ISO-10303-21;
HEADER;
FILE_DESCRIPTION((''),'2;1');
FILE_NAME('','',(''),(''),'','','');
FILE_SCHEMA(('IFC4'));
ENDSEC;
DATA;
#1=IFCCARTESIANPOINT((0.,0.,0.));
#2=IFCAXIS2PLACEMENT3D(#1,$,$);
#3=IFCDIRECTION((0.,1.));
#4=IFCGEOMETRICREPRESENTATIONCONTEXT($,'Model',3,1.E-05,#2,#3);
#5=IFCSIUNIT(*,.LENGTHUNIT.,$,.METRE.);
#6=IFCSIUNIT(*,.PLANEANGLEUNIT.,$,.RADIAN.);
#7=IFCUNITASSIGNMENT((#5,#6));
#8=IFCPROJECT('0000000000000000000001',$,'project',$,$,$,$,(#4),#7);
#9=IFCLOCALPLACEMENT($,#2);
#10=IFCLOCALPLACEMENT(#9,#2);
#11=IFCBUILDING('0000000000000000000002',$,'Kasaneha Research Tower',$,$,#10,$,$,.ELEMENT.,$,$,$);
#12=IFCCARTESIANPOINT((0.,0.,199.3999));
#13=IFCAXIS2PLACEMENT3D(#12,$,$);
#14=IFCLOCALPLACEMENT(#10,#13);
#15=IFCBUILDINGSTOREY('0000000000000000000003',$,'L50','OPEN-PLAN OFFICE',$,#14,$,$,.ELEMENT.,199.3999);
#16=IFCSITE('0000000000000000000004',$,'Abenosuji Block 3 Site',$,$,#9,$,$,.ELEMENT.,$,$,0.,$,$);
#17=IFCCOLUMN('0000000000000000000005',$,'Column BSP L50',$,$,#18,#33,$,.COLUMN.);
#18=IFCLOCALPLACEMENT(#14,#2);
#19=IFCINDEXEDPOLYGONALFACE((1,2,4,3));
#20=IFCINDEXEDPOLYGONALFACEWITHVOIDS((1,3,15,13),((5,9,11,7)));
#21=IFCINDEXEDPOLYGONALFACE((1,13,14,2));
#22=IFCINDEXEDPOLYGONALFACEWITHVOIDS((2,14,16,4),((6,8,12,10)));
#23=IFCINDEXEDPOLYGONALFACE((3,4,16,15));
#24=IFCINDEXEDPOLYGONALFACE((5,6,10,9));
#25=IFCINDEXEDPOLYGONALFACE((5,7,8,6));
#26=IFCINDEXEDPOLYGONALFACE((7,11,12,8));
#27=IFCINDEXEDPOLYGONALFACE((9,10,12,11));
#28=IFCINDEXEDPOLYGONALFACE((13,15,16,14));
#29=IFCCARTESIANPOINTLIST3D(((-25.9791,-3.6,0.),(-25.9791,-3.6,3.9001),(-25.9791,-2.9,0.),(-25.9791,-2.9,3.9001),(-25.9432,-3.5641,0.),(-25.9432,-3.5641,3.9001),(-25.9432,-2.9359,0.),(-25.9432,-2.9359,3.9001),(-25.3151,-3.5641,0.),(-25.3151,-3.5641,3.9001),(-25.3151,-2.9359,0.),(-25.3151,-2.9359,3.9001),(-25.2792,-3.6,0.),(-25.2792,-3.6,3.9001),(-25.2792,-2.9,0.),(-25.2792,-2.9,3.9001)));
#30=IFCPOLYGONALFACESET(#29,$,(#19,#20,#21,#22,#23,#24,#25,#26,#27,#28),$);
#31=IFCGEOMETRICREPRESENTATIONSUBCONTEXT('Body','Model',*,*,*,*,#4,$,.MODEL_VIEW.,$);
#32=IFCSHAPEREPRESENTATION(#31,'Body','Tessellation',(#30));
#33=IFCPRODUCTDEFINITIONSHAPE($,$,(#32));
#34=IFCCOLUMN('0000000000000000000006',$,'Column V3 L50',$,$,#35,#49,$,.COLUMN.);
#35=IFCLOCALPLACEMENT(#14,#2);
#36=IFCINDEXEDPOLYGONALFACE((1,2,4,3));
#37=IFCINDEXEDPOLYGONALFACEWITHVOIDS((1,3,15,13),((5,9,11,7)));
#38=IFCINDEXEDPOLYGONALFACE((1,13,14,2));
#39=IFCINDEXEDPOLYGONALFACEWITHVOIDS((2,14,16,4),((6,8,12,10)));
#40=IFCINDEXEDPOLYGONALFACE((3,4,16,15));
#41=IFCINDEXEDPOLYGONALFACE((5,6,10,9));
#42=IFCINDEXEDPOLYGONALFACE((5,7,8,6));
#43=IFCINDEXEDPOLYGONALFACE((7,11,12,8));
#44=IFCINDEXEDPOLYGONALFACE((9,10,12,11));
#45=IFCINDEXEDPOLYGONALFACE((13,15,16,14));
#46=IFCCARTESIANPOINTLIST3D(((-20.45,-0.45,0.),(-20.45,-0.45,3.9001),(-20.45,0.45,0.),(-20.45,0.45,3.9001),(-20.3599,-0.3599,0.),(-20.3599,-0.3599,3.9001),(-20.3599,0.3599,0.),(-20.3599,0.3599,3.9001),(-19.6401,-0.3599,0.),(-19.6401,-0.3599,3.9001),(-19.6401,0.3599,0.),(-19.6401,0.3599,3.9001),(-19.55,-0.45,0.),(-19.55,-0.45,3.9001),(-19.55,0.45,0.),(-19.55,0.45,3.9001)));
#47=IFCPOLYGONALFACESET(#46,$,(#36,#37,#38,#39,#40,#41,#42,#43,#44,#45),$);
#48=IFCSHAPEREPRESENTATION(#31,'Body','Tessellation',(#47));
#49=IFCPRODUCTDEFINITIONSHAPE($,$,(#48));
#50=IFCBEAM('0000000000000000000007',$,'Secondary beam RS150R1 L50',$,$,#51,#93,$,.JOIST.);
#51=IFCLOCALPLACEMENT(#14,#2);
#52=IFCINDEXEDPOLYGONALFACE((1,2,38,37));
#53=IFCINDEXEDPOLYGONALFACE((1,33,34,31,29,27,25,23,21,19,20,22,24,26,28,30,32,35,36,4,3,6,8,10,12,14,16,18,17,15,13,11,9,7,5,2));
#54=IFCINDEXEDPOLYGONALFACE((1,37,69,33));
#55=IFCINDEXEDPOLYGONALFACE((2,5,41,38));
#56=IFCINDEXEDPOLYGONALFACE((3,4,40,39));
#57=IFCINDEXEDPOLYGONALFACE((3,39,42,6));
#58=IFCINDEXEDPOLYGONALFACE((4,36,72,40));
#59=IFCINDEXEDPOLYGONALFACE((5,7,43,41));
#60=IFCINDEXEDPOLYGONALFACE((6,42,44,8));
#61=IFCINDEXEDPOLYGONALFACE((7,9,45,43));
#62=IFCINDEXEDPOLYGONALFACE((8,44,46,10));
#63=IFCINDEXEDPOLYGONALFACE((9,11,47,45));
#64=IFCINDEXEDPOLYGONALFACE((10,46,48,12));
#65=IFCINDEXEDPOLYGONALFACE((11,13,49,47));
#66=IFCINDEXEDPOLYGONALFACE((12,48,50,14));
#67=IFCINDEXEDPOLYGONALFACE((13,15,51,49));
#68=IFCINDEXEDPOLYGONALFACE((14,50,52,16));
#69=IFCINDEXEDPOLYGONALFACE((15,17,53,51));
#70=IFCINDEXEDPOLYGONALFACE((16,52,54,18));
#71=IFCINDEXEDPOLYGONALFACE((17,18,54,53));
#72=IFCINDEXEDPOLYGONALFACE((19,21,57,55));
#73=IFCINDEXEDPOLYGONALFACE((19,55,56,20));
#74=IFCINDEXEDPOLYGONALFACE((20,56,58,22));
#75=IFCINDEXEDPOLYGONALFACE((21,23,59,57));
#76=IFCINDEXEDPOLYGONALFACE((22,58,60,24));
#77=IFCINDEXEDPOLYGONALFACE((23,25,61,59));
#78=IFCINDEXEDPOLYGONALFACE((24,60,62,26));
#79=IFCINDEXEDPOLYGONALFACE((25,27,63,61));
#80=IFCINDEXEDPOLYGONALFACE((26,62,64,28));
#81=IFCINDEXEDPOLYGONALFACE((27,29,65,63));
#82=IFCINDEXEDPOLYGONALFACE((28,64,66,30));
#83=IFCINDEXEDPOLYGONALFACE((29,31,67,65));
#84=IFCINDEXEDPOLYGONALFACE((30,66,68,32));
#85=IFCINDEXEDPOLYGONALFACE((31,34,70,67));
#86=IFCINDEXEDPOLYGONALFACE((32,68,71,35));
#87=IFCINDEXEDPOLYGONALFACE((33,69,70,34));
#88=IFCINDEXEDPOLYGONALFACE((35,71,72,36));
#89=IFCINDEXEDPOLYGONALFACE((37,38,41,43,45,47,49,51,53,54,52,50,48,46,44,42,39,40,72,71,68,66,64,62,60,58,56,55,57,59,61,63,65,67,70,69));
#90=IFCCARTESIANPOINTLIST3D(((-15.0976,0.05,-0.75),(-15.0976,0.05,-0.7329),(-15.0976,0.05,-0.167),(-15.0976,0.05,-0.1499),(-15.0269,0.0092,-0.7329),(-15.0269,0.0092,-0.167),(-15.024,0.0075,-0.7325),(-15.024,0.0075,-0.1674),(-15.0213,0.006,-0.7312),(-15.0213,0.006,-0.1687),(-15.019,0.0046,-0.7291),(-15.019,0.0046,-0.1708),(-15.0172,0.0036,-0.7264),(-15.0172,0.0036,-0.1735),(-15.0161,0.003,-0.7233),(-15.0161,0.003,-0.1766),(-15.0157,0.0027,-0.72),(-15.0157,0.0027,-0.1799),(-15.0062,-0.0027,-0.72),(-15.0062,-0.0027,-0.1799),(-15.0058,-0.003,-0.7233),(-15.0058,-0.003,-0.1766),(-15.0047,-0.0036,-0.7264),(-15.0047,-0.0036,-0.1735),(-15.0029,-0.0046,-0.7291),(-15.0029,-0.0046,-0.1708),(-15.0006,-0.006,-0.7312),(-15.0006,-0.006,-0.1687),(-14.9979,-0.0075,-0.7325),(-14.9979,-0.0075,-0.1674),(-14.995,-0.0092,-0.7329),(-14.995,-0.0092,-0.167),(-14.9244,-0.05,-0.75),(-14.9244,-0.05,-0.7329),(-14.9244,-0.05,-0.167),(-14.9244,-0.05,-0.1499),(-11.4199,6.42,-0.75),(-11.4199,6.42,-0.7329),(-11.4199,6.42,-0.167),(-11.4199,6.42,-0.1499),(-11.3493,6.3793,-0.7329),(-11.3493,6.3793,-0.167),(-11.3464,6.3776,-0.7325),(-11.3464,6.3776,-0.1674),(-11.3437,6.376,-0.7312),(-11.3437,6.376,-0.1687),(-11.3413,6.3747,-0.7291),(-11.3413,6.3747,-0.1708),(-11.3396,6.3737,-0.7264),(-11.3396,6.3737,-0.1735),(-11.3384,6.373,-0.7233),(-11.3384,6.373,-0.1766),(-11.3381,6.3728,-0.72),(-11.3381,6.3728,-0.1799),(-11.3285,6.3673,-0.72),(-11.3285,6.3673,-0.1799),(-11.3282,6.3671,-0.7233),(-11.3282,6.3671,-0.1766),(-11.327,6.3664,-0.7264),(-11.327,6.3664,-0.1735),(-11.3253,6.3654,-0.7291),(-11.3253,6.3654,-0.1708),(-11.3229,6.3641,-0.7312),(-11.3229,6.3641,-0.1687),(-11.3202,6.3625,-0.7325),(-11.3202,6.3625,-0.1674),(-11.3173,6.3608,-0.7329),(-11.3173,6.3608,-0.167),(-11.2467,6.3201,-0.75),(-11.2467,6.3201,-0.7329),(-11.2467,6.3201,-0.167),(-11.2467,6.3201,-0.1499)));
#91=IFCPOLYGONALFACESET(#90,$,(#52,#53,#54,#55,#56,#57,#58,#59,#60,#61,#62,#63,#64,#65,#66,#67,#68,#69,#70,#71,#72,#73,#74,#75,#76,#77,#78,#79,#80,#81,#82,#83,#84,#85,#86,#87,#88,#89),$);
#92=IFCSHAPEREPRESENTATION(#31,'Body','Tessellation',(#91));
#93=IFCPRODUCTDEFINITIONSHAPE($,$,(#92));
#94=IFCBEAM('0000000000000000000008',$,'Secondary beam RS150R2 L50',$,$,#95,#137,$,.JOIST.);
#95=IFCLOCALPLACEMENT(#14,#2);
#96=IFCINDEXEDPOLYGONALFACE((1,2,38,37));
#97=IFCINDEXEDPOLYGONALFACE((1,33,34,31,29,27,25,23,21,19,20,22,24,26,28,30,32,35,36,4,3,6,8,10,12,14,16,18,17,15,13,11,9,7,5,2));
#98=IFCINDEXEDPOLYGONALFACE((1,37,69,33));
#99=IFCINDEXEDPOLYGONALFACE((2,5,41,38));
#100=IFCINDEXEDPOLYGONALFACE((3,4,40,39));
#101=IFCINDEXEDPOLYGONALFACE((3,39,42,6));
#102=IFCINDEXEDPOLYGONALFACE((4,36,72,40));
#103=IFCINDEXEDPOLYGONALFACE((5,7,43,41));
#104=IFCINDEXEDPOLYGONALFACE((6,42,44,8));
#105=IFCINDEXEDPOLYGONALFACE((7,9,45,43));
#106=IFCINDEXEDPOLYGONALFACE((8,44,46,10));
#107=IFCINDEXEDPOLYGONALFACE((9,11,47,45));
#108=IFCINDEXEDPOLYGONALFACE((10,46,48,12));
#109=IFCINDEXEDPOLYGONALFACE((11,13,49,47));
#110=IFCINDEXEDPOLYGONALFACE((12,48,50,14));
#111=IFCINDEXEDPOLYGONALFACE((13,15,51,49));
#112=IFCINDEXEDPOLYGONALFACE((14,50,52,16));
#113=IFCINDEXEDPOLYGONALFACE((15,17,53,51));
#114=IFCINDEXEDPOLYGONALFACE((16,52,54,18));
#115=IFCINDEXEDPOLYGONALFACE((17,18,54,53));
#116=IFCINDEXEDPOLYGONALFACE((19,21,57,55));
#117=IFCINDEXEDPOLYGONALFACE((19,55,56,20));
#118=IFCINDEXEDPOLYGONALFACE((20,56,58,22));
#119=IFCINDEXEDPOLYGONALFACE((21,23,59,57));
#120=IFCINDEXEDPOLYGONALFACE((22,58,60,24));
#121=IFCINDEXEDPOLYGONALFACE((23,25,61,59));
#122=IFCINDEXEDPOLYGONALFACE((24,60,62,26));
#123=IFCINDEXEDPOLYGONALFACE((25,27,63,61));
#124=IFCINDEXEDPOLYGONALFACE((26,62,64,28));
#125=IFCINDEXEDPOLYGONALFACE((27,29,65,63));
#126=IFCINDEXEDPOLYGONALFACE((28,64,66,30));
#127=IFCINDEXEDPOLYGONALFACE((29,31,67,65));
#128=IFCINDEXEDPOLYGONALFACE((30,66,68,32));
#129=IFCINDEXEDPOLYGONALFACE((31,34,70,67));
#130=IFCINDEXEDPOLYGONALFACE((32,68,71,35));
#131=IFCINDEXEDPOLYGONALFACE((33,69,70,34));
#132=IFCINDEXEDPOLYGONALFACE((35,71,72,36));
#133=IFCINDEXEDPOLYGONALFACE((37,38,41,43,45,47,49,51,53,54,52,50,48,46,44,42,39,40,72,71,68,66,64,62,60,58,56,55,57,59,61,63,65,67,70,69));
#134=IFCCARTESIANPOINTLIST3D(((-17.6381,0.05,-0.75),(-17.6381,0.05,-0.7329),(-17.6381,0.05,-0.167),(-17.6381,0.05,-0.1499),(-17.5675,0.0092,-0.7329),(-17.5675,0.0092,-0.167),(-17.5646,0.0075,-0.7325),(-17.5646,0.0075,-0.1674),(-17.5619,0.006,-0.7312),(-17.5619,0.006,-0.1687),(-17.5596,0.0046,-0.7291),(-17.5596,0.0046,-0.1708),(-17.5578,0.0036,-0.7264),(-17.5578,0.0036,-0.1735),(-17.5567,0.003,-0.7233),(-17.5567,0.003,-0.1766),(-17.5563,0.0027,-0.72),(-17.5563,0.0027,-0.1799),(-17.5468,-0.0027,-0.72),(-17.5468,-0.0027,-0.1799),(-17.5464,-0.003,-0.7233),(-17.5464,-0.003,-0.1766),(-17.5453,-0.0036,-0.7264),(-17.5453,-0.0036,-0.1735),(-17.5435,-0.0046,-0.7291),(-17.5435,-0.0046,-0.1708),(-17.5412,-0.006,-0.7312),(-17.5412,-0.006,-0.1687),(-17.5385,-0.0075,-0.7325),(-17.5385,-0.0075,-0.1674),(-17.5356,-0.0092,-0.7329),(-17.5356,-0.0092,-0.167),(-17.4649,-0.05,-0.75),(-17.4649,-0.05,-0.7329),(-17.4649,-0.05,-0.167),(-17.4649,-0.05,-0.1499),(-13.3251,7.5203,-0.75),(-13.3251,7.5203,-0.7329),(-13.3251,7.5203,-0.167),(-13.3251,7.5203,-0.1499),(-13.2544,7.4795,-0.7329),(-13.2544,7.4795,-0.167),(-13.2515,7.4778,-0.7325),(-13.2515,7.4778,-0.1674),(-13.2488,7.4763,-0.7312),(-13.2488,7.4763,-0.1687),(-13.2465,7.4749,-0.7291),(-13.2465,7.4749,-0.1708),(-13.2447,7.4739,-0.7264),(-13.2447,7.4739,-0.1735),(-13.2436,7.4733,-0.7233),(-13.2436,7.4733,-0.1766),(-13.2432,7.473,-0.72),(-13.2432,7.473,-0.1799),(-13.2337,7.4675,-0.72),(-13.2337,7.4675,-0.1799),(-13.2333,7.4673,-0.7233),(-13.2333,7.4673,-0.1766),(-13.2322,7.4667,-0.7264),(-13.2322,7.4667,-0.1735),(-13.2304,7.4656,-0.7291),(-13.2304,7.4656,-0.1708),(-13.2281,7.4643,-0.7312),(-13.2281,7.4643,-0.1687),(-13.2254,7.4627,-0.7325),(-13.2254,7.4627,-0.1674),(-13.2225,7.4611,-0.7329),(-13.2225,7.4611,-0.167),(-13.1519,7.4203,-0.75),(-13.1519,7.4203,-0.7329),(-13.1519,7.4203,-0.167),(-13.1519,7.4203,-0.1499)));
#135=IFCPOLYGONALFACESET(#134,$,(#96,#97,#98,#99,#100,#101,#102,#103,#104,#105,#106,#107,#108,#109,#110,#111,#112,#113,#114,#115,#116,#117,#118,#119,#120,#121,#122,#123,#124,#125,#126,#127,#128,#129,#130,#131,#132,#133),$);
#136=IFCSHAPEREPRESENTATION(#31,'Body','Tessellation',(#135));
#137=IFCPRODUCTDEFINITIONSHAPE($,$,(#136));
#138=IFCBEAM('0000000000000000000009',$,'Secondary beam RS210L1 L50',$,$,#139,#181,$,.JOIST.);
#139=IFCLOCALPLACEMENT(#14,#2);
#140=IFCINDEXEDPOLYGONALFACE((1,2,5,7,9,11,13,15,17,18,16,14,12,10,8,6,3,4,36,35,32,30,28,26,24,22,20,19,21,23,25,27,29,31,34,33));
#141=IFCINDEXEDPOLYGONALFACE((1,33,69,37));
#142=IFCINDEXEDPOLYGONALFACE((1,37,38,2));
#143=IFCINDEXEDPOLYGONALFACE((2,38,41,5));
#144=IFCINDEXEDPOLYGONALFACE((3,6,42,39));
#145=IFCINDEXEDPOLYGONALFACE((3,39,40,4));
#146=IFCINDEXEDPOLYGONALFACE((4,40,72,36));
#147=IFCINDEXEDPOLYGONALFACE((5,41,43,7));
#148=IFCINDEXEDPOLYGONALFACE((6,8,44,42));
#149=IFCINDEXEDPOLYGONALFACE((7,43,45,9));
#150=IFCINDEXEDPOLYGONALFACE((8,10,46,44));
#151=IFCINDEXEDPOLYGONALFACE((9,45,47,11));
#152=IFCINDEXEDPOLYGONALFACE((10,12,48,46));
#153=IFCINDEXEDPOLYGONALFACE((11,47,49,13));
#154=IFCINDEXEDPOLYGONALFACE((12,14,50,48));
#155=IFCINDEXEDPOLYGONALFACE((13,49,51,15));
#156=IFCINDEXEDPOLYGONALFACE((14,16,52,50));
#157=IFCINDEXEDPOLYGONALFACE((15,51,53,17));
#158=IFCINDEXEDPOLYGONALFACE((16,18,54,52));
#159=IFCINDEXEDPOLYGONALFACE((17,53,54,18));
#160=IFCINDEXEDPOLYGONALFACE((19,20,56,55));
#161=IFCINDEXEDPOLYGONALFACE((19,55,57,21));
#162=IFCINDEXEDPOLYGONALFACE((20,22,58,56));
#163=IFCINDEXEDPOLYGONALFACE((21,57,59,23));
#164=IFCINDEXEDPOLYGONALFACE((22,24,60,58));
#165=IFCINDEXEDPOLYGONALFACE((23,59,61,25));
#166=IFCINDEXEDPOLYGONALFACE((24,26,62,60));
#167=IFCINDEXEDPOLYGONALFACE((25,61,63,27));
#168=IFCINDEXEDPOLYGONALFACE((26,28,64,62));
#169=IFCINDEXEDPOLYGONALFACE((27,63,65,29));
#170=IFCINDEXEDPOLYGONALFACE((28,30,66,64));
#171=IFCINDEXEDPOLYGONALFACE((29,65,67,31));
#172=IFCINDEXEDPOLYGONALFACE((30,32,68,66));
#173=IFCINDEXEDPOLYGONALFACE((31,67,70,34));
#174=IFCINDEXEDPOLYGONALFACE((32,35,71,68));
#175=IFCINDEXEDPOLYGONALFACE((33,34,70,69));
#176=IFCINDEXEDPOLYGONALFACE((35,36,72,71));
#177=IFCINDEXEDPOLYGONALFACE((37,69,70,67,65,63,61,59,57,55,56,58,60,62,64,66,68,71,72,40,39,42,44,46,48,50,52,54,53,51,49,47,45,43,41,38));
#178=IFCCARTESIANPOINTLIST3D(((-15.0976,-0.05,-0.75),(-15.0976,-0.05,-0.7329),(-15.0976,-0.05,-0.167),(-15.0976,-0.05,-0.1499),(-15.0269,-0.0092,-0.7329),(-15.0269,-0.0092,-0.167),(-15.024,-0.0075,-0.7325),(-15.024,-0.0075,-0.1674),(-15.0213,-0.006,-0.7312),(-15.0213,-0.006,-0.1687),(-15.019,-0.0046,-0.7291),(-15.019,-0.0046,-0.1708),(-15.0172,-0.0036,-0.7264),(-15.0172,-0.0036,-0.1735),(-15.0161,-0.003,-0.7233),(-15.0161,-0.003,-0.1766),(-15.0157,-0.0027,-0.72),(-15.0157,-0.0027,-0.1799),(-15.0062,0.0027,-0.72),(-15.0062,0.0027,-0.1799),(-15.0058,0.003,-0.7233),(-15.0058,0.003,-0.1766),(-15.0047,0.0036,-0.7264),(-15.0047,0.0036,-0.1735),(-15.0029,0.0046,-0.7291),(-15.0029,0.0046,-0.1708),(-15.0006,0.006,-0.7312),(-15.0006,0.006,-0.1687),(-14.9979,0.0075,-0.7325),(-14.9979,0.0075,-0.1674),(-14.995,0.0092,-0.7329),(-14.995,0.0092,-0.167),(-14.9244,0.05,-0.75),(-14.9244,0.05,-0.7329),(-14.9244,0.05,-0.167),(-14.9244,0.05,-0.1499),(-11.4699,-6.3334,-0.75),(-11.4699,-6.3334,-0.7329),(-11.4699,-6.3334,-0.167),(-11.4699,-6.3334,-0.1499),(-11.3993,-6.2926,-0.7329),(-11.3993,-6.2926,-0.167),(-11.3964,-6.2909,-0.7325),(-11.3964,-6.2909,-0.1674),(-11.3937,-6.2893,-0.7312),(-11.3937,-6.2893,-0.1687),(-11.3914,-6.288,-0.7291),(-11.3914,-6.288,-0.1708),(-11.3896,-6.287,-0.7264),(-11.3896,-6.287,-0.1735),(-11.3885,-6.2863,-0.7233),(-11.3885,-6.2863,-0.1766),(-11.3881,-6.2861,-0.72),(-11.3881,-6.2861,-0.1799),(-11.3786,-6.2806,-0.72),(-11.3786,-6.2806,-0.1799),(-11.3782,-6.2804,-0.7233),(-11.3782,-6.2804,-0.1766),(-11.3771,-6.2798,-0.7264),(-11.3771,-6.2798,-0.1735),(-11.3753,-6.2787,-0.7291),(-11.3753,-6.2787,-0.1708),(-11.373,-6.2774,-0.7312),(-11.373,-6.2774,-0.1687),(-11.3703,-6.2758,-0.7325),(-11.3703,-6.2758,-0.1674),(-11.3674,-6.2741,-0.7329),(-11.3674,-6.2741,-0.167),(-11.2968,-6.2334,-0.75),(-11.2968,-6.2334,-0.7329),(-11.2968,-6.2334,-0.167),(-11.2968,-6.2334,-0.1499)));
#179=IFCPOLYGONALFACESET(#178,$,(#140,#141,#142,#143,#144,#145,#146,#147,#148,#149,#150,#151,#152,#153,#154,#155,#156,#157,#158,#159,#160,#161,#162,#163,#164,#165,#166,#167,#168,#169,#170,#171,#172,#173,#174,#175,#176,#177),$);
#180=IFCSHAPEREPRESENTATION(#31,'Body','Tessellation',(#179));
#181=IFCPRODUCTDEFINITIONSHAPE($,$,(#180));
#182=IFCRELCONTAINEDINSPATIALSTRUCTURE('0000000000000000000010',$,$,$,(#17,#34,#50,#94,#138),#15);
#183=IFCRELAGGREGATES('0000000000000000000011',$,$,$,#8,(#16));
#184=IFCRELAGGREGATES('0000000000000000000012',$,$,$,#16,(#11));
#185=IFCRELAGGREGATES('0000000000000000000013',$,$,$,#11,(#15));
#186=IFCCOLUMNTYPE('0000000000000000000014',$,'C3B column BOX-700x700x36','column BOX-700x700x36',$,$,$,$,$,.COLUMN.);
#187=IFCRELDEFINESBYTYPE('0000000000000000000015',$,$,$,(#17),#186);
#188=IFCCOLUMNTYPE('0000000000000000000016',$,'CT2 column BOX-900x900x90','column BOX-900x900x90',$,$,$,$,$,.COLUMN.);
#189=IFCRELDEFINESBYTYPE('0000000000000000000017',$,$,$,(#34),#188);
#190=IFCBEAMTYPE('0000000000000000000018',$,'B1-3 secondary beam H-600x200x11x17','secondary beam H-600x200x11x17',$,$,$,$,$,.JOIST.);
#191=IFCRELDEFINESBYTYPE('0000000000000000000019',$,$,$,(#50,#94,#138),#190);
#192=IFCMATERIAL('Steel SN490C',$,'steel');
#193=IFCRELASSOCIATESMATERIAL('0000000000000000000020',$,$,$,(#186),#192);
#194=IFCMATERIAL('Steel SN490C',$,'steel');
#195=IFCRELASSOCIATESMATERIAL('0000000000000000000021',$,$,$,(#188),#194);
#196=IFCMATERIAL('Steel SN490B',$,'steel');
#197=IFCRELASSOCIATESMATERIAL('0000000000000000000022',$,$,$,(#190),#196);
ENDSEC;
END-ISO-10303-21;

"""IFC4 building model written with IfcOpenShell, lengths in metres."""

from ifc_helpers import new_model, si_unit, direction, frame, origin, origin_2d, place, context, subcontext, project, spatial, hollow_rectangle, i_section, extrude, material, material_profile, profile_set, type_object, element, save


model = new_model("IFC4")

# Units and contexts
model_context = context("Model", 3, precision=1e-05, world=origin(), true_north=direction((0.0, 1.0)))
body_context = subcontext(model_context, "Body", "Model", "MODEL_VIEW")
ifc_project = project(units=[si_unit("LENGTHUNIT", "METRE"), si_unit("PLANEANGLEUNIT", "RADIAN")], contexts=[model_context])

# Site, building, storey
site_placement = place(None, origin())
site = spatial("IfcSite", under=ifc_project, at=site_placement, Name="Abenosuji Block 3 Site", CompositionType="ELEMENT", RefElevation=0.0)
building_placement = place(site_placement, origin())
building = spatial("IfcBuilding", under=site, at=building_placement, Name="Kasaneha Research Tower", CompositionType="ELEMENT")
storey_placement = place(building_placement, frame((0.0, 0.0, 199.3999)))
storey = spatial("IfcBuildingStorey", under=building, at=storey_placement, Name="L50", Description="OPEN-PLAN OFFICE", CompositionType="ELEMENT", Elevation=199.3999)

# Columns
ifc_material_1 = material(Name="Steel SN490C", Category="steel")
ifc_material_profile_1 = material_profile(ifc_material_1, hollow_rectangle(XDim=0.7, YDim=0.7, WallThickness=0.0359, at=origin_2d()), Name="BOX-700x700x36")
ifc_profile_set_1 = profile_set([ifc_material_profile_1], Name="Steel SN490C")
column_type_1 = type_object("IfcColumnType", Name="C3B column BOX-700x700x36", Description="column BOX-700x700x36", PredefinedType="COLUMN", material=ifc_profile_set_1)
column_1_placement = place(storey_placement, frame((-25.6292, -3.25, 0.0), z_axis=(0.0, 0.0, 1.0), x_axis=(1.0, 0.0, 0.0)))
element("IfcColumn", 1, at=column_1_placement, inside=storey, type_object=column_type_1, Name="Column BSP L50", PredefinedType="COLUMN", context=body_context, shape_type="SweptSolid", body=[
    extrude(hollow_rectangle(XDim=0.7, YDim=0.7, WallThickness=0.0359, at=origin_2d()), origin(), (0.0, 0.0, 1.0), 3.9001),
])
ifc_material_2 = material(Name="Steel SN490C", Category="steel")
ifc_material_profile_2 = material_profile(ifc_material_2, hollow_rectangle(XDim=0.8999, YDim=0.8999, WallThickness=0.0901, at=origin_2d()), Name="BOX-900x900x90")
ifc_profile_set_2 = profile_set([ifc_material_profile_2], Name="Steel SN490C")
column_type_2 = type_object("IfcColumnType", Name="CT2 column BOX-900x900x90", Description="column BOX-900x900x90", PredefinedType="COLUMN", material=ifc_profile_set_2)
column_2_placement = place(storey_placement, frame((-20.0, 0.0, 0.0), z_axis=(0.0, 0.0, 1.0), x_axis=(1.0, 0.0, 0.0)))
element("IfcColumn", 2, at=column_2_placement, inside=storey, type_object=column_type_2, Name="Column V3 L50", PredefinedType="COLUMN", context=body_context, shape_type="SweptSolid", body=[
    extrude(hollow_rectangle(XDim=0.8999, YDim=0.8999, WallThickness=0.0901, at=origin_2d()), origin(), (0.0, 0.0, 1.0), 3.9001),
])

# Beams
ifc_material_3 = material(Name="Steel SN490B", Category="steel")
ifc_material_profile_3 = material_profile(ifc_material_3, i_section(OverallWidth=0.2, OverallDepth=0.6001, WebThickness=0.011, FlangeThickness=0.0171, FilletRadius=0.0129, at=origin_2d()), Name="H-600x200x11x17")
ifc_profile_set_3 = profile_set([ifc_material_profile_3], Name="Steel SN490B")
beam_type_1 = type_object("IfcBeamType", Name="B1-3 secondary beam H-600x200x11x17", Description="secondary beam H-600x200x11x17", PredefinedType="JOIST", material=ifc_profile_set_3)
beam_1_placement = place(storey_placement, frame((-15.011, 0.0, -0.45), z_axis=(0.499994, 0.866029, 0.0), x_axis=(-0.866029, 0.499994, 0.0)))
element("IfcBeam", 3, at=beam_1_placement, inside=storey, type_object=beam_type_1, Name="Secondary beam RS150R1 L50", PredefinedType="JOIST", context=body_context, shape_type="SweptSolid", body=[
    extrude(i_section(OverallWidth=0.2, OverallDepth=0.6001, WebThickness=0.011, FlangeThickness=0.0171, FilletRadius=0.0129, at=origin_2d()), origin(), (0.0, 0.0, 1.0), 7.3555),
])
beam_2_placement = place(storey_placement, frame((-17.5515, 0.0, -0.45), z_axis=(0.500005, 0.866023, 0.0), x_axis=(-0.866023, 0.500005, 0.0)))
element("IfcBeam", 4, at=beam_2_placement, inside=storey, type_object=beam_type_1, Name="Secondary beam RS150R2 L50", PredefinedType="JOIST", context=body_context, shape_type="SweptSolid", body=[
    extrude(i_section(OverallWidth=0.2, OverallDepth=0.6001, WebThickness=0.011, FlangeThickness=0.0171, FilletRadius=0.0129, at=origin_2d()), origin(), (0.0, 0.0, 1.0), 8.626),
])
beam_3_placement = place(storey_placement, frame((-15.011, 0.0, -0.45), z_axis=(0.499993, -0.866029, 0.0), x_axis=(0.866029, 0.499993, 0.0)))
element("IfcBeam", 5, at=beam_3_placement, inside=storey, type_object=beam_type_1, Name="Secondary beam RS210L1 L50", PredefinedType="JOIST", context=body_context, shape_type="SweptSolid", body=[
    extrude(i_section(OverallWidth=0.2, OverallDepth=0.6001, WebThickness=0.011, FlangeThickness=0.0171, FilletRadius=0.0129, at=origin_2d()), origin(), (0.0, 0.0, 1.0), 7.2554),
])

save(model, "model.ifc")
